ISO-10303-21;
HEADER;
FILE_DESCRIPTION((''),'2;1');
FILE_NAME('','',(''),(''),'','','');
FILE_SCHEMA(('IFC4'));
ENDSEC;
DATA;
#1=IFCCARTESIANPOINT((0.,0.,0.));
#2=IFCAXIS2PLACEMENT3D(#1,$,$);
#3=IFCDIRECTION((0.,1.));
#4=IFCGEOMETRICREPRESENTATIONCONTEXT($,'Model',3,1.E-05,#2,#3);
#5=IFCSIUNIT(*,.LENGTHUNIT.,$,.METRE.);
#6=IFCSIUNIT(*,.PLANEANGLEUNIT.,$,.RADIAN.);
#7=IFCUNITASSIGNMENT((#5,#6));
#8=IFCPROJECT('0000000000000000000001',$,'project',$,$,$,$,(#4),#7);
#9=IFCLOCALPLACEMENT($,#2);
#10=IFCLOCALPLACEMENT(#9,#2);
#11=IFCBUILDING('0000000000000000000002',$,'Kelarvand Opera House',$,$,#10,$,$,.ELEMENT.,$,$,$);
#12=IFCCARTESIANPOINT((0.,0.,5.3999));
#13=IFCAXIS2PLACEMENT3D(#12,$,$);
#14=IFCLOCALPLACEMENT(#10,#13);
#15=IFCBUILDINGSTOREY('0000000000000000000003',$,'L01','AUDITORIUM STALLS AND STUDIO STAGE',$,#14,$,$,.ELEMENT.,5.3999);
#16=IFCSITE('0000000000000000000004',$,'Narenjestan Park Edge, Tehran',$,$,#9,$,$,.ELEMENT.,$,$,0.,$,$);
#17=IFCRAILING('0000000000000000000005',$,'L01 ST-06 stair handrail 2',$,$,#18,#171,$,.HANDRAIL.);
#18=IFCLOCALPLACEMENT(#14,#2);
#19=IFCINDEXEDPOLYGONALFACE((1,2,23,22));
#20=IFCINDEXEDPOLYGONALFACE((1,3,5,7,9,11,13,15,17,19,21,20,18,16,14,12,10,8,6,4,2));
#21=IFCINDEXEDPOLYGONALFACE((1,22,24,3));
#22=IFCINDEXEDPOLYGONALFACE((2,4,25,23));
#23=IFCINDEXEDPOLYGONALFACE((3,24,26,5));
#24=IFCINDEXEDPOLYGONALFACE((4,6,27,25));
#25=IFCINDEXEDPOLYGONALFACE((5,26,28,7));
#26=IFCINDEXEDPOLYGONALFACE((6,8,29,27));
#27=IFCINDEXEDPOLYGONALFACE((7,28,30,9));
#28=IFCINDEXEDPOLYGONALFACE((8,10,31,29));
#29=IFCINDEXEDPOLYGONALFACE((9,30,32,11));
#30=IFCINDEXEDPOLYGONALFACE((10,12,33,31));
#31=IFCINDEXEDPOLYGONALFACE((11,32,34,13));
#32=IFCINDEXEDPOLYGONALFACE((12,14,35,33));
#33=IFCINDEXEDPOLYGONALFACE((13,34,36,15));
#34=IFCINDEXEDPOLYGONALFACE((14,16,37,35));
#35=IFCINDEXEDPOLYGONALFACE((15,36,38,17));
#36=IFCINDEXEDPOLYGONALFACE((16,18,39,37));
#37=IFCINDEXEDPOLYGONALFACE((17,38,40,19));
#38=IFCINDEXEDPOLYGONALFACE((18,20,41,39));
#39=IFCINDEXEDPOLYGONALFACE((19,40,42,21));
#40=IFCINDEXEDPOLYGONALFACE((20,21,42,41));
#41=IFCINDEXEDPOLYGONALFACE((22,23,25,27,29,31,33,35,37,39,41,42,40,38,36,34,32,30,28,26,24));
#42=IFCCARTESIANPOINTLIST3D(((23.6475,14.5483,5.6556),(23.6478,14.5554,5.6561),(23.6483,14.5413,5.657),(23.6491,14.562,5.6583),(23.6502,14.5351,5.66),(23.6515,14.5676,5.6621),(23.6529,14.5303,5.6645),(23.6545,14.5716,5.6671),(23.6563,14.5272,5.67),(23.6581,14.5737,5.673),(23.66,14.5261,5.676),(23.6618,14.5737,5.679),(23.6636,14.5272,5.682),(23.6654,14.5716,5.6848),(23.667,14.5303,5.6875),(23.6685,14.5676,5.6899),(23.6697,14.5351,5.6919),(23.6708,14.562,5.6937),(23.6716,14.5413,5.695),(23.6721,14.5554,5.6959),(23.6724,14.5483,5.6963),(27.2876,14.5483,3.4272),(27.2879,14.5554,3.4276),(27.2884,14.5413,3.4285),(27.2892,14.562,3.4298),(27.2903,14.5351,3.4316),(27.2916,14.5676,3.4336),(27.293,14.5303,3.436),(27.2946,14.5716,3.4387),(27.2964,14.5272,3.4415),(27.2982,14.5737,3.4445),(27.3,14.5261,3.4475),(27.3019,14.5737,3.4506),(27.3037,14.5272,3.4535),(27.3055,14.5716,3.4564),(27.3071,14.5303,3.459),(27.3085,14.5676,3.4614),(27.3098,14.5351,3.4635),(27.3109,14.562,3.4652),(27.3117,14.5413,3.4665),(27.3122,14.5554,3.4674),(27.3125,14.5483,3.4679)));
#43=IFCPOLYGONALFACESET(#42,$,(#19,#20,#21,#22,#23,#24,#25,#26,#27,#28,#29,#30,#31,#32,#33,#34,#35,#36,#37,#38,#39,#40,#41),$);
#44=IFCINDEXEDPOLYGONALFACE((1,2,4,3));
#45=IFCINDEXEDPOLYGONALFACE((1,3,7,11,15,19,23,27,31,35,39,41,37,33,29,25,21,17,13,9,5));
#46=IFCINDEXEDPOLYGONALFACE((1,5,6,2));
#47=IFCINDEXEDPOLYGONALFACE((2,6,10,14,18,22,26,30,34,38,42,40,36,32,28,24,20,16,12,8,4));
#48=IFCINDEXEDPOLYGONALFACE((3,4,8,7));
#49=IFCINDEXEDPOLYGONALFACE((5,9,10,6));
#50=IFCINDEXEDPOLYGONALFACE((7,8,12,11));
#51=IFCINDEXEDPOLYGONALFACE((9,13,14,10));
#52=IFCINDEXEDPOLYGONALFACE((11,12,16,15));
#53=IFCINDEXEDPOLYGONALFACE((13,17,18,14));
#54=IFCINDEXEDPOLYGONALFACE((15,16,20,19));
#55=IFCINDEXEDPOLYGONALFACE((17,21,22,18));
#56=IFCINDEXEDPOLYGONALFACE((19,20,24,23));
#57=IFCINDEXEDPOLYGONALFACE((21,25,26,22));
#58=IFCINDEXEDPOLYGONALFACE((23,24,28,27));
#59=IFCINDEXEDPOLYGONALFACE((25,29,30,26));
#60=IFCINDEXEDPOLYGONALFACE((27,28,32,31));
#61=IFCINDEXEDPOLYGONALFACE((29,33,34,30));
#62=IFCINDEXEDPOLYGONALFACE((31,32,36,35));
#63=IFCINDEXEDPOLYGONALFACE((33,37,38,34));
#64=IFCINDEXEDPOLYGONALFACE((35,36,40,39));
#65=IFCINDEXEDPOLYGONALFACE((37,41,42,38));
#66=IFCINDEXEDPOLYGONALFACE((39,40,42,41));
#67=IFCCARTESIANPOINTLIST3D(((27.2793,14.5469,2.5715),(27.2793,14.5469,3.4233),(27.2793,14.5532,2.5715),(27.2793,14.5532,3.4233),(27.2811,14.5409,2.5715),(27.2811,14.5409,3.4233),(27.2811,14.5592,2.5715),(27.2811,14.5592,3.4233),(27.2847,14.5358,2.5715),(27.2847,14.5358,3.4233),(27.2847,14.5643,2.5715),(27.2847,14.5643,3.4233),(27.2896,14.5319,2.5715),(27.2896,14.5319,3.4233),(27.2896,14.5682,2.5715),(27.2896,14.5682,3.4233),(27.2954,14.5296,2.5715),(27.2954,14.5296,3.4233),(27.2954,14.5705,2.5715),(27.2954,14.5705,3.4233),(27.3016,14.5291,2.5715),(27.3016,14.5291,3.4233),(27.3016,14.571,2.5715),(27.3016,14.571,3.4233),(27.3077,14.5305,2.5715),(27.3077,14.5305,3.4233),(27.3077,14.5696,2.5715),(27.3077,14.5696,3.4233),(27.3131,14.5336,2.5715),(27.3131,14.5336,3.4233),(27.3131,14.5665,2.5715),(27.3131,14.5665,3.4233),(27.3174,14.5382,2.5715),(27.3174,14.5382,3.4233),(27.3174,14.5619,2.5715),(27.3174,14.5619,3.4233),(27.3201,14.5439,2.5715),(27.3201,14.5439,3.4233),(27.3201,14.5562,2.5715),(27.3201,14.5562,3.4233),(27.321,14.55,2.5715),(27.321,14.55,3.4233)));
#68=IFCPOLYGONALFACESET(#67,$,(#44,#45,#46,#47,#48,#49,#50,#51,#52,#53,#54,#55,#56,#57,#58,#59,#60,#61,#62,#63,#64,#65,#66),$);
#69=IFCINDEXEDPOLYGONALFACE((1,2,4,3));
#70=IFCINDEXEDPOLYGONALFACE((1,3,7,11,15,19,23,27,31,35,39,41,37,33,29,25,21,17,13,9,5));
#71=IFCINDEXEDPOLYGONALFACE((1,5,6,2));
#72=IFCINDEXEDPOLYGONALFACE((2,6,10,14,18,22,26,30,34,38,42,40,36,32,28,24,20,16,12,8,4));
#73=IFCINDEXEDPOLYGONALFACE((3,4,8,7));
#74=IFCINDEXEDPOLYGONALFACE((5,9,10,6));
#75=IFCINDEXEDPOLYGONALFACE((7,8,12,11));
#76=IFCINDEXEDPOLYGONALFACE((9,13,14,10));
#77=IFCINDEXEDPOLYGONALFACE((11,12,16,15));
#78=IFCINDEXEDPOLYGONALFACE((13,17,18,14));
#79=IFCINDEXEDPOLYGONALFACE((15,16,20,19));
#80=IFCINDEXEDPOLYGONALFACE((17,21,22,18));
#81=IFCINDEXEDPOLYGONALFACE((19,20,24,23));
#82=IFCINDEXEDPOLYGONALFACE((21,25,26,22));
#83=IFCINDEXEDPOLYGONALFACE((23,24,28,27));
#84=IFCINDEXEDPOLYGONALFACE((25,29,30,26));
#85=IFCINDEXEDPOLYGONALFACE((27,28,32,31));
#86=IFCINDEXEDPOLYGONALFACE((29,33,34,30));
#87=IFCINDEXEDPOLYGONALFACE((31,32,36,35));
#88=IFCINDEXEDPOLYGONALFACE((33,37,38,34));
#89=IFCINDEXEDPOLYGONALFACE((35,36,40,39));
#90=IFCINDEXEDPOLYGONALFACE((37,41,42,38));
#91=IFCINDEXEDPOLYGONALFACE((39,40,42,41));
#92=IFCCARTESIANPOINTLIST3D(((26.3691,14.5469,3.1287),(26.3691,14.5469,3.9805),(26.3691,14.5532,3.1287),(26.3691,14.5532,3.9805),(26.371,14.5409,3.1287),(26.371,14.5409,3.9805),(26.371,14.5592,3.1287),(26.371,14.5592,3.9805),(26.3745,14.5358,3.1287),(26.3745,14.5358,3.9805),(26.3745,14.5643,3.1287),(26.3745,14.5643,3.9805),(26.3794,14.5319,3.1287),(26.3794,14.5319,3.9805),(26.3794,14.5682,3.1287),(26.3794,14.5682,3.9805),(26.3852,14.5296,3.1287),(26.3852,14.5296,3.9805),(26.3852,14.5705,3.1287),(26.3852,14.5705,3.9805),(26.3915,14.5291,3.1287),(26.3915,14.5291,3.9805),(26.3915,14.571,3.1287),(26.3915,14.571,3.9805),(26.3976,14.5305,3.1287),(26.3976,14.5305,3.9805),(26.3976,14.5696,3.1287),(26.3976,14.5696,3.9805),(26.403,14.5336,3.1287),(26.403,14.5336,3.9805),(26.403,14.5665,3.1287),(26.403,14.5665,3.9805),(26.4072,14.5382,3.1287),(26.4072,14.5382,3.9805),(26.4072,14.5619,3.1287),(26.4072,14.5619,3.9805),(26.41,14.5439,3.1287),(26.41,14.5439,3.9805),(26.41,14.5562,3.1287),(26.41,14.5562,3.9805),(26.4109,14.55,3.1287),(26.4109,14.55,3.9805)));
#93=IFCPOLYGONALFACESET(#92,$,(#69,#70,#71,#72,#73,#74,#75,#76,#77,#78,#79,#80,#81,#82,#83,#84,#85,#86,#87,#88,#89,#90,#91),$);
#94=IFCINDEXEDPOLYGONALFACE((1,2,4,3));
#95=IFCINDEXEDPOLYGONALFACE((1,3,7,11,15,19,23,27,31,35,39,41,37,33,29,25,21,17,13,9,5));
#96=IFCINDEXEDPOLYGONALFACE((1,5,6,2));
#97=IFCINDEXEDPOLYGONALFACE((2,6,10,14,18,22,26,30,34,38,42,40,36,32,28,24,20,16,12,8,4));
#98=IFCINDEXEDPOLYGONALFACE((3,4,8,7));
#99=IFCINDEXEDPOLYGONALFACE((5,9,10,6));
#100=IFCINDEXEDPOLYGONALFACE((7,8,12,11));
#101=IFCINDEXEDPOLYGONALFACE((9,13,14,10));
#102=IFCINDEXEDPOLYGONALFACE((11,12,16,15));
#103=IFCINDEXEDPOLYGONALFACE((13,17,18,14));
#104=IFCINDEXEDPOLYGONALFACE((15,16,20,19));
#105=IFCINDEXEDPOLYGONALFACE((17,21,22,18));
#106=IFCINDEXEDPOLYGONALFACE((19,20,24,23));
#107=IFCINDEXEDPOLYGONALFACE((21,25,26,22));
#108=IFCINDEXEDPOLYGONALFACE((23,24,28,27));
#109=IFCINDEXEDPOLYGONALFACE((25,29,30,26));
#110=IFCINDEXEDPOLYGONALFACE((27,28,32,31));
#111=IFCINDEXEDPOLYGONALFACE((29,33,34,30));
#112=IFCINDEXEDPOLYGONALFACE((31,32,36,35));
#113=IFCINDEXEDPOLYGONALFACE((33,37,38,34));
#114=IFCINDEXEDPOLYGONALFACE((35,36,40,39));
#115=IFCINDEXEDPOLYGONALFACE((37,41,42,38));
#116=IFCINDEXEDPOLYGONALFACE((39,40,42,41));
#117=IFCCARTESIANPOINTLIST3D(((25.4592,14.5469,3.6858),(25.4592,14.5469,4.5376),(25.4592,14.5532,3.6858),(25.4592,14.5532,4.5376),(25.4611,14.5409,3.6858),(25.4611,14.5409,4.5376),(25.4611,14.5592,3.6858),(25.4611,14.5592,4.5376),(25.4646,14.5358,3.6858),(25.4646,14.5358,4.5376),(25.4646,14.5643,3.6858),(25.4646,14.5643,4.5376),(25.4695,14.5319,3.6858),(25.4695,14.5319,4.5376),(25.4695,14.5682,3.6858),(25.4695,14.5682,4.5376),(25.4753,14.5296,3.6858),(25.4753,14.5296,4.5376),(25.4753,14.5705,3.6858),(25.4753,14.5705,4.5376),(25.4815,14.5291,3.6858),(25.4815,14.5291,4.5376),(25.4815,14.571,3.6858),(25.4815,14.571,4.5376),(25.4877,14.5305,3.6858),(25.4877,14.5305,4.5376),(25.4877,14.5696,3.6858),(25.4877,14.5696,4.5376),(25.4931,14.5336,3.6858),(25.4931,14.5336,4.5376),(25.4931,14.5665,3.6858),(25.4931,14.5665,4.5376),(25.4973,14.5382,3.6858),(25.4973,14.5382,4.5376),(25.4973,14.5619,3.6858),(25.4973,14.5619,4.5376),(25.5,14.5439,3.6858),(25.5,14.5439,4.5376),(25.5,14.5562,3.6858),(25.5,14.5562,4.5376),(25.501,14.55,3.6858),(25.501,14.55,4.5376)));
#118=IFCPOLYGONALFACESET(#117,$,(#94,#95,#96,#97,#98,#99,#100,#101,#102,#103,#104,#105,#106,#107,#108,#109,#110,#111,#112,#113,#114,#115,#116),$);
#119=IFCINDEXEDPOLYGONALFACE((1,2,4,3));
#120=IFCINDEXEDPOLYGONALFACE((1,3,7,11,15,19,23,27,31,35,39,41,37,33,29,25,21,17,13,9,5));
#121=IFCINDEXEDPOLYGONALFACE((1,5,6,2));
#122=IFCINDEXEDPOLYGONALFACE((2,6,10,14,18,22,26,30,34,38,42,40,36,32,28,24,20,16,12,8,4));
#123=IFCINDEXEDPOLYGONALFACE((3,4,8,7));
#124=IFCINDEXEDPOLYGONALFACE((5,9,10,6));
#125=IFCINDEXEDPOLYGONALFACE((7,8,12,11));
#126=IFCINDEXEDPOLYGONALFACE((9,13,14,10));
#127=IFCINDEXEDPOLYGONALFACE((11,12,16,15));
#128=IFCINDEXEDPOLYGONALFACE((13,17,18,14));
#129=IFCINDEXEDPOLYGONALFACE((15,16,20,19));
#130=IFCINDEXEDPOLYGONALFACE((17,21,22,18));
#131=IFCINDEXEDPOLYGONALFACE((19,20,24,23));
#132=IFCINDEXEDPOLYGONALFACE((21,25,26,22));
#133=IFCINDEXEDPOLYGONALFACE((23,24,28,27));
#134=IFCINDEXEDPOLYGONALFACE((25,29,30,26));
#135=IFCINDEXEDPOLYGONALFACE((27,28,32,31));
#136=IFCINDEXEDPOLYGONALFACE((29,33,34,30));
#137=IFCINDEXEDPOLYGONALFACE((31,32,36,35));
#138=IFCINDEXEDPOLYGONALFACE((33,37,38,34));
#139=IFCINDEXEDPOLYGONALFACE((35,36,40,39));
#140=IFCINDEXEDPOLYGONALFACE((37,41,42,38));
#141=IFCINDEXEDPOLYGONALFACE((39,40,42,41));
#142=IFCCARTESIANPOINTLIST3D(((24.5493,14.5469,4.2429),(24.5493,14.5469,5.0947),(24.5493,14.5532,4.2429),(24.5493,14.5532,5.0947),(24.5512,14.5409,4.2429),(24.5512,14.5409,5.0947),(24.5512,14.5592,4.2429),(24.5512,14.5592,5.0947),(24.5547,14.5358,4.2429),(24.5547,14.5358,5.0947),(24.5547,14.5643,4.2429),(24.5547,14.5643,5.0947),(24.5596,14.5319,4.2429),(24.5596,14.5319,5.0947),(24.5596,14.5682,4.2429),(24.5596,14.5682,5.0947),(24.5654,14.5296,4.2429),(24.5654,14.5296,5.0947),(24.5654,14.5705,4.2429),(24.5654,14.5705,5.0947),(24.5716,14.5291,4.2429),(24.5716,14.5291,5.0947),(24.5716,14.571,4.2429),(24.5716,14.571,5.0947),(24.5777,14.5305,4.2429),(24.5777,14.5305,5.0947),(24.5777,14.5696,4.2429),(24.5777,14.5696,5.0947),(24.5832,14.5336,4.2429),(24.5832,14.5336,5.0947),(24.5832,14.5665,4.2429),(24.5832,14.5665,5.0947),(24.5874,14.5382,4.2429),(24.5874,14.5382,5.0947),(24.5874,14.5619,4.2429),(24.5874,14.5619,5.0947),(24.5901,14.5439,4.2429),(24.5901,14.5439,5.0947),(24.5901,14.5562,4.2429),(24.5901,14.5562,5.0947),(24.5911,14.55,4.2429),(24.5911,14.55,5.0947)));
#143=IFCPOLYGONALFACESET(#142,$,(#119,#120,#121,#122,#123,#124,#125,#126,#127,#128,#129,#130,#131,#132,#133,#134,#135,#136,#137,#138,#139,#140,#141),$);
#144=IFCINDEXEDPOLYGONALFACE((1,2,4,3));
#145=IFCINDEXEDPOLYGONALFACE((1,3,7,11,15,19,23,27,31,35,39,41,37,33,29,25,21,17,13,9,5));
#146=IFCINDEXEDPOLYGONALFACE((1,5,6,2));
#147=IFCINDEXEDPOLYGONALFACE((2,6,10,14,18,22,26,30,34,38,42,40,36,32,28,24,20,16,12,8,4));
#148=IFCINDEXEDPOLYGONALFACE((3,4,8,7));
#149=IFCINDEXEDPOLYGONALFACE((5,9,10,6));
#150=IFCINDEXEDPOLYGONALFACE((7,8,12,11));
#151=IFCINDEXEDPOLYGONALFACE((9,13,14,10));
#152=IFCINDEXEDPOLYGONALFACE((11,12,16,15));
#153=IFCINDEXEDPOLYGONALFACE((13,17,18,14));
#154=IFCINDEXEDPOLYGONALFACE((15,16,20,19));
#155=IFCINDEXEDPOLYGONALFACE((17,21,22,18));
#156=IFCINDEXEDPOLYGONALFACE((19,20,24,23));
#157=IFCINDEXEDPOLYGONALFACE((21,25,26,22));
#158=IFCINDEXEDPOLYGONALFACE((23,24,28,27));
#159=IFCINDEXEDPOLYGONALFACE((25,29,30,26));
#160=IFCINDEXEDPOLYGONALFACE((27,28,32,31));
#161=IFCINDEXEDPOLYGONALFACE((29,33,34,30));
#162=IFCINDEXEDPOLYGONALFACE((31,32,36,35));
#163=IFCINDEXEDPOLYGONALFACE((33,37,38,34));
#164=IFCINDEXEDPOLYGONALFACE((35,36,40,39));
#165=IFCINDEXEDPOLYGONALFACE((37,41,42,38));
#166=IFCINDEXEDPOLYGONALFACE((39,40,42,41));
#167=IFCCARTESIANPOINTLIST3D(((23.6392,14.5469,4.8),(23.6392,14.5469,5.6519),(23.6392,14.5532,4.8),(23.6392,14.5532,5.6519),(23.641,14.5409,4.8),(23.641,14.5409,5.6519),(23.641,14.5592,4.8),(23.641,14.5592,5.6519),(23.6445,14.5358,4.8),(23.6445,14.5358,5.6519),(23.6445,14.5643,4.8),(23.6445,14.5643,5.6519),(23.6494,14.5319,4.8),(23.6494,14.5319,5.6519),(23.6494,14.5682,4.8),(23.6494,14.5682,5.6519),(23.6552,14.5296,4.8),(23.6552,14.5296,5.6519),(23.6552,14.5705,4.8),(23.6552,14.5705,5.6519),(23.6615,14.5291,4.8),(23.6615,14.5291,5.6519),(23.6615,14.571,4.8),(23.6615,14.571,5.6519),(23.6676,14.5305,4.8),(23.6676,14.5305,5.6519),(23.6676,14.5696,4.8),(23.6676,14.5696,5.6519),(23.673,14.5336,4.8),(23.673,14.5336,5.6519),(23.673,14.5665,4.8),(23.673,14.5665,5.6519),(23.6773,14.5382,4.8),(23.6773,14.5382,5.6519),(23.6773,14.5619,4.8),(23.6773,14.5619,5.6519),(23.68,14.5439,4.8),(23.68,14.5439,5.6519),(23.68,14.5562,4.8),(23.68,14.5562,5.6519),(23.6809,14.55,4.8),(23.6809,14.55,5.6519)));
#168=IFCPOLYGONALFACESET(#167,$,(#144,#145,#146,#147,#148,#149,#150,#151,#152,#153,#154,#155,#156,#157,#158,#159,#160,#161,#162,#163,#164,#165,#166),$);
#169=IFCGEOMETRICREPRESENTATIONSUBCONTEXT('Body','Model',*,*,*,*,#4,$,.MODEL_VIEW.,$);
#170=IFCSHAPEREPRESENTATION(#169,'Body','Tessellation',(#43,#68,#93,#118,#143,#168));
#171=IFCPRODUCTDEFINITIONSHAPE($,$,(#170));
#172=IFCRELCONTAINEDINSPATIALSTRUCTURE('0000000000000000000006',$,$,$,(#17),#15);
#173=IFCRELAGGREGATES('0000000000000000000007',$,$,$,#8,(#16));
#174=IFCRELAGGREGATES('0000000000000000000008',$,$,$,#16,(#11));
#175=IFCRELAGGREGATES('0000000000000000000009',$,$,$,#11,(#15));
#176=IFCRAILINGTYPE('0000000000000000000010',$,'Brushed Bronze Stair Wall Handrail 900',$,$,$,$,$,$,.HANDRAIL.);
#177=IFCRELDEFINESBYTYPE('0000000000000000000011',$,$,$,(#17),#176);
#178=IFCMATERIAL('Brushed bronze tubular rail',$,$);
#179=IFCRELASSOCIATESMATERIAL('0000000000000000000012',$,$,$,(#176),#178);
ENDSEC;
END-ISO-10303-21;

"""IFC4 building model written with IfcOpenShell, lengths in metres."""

from ifc_helpers import new_model, si_unit, direction, frame, origin, origin_2d, place, context, subcontext, project, spatial, circle, extrude, material, type_object, element, save


model = new_model("IFC4")

# Units and contexts
model_context = context("Model", 3, precision=1e-05, world=origin(), true_north=direction((0.0, 1.0)))
body_context = subcontext(model_context, "Body", "Model", "MODEL_VIEW")
ifc_project = project(units=[si_unit("LENGTHUNIT", "METRE"), si_unit("PLANEANGLEUNIT", "RADIAN")], contexts=[model_context])

# Site, building, storey
site_placement = place(None, origin())
site = spatial("IfcSite", under=ifc_project, at=site_placement, Name="Narenjestan Park Edge, Tehran", CompositionType="ELEMENT", RefElevation=0.0)
building_placement = place(site_placement, origin())
building = spatial("IfcBuilding", under=site, at=building_placement, Name="Kelarvand Opera House", CompositionType="ELEMENT")
storey_placement = place(building_placement, frame((0.0, 0.0, 5.3999)))
storey = spatial("IfcBuildingStorey", under=building, at=storey_placement, Name="L01", Description="AUDITORIUM STALLS AND STUDIO STAGE", CompositionType="ELEMENT", Elevation=5.3999)

# Railing
ifc_material_1 = material(Name="Brushed bronze tubular rail")
railing_type_1 = type_object("IfcRailingType", Name="Brushed Bronze Stair Wall Handrail 900", PredefinedType="HANDRAIL", material=ifc_material_1)
railing_1_placement = place(storey_placement, frame((27.3, 14.55, 2.5715)))
element("IfcRailing", 1, at=railing_1_placement, inside=storey, type_object=railing_type_1, Name="L01 ST-06 stair handrail 2", PredefinedType="HANDRAIL", context=body_context, shape_type="SweptSolid", body=[
    extrude(circle(Radius=0.0239, at=origin_2d()), frame((0.0, 0.0, 0.876), z_axis=(-0.852866, 0.0, 0.52213), x_axis=(0.0, -1.0, 0.0)), (0.0, 0.0, 1.0), 4.2681),
    extrude(circle(Radius=0.021, at=origin_2d()), origin(), (0.0, 0.0, 1.0), 0.8518),
    extrude(circle(Radius=0.021, at=origin_2d()), frame((-0.9102, 0.0, 0.5571)), (0.0, 0.0, 1.0), 0.8518),
    extrude(circle(Radius=0.021, at=origin_2d()), frame((-1.8201, 0.0, 1.1143)), (0.0, 0.0, 1.0), 0.8518),
    extrude(circle(Radius=0.021, at=origin_2d()), frame((-2.73, 0.0, 1.6714)), (0.0, 0.0, 1.0), 0.8518),
    extrude(circle(Radius=0.021, at=origin_2d()), frame((-3.6401, 0.0, 2.2285)), (0.0, 0.0, 1.0), 0.8518),
])

save(model, "model.ifc")
